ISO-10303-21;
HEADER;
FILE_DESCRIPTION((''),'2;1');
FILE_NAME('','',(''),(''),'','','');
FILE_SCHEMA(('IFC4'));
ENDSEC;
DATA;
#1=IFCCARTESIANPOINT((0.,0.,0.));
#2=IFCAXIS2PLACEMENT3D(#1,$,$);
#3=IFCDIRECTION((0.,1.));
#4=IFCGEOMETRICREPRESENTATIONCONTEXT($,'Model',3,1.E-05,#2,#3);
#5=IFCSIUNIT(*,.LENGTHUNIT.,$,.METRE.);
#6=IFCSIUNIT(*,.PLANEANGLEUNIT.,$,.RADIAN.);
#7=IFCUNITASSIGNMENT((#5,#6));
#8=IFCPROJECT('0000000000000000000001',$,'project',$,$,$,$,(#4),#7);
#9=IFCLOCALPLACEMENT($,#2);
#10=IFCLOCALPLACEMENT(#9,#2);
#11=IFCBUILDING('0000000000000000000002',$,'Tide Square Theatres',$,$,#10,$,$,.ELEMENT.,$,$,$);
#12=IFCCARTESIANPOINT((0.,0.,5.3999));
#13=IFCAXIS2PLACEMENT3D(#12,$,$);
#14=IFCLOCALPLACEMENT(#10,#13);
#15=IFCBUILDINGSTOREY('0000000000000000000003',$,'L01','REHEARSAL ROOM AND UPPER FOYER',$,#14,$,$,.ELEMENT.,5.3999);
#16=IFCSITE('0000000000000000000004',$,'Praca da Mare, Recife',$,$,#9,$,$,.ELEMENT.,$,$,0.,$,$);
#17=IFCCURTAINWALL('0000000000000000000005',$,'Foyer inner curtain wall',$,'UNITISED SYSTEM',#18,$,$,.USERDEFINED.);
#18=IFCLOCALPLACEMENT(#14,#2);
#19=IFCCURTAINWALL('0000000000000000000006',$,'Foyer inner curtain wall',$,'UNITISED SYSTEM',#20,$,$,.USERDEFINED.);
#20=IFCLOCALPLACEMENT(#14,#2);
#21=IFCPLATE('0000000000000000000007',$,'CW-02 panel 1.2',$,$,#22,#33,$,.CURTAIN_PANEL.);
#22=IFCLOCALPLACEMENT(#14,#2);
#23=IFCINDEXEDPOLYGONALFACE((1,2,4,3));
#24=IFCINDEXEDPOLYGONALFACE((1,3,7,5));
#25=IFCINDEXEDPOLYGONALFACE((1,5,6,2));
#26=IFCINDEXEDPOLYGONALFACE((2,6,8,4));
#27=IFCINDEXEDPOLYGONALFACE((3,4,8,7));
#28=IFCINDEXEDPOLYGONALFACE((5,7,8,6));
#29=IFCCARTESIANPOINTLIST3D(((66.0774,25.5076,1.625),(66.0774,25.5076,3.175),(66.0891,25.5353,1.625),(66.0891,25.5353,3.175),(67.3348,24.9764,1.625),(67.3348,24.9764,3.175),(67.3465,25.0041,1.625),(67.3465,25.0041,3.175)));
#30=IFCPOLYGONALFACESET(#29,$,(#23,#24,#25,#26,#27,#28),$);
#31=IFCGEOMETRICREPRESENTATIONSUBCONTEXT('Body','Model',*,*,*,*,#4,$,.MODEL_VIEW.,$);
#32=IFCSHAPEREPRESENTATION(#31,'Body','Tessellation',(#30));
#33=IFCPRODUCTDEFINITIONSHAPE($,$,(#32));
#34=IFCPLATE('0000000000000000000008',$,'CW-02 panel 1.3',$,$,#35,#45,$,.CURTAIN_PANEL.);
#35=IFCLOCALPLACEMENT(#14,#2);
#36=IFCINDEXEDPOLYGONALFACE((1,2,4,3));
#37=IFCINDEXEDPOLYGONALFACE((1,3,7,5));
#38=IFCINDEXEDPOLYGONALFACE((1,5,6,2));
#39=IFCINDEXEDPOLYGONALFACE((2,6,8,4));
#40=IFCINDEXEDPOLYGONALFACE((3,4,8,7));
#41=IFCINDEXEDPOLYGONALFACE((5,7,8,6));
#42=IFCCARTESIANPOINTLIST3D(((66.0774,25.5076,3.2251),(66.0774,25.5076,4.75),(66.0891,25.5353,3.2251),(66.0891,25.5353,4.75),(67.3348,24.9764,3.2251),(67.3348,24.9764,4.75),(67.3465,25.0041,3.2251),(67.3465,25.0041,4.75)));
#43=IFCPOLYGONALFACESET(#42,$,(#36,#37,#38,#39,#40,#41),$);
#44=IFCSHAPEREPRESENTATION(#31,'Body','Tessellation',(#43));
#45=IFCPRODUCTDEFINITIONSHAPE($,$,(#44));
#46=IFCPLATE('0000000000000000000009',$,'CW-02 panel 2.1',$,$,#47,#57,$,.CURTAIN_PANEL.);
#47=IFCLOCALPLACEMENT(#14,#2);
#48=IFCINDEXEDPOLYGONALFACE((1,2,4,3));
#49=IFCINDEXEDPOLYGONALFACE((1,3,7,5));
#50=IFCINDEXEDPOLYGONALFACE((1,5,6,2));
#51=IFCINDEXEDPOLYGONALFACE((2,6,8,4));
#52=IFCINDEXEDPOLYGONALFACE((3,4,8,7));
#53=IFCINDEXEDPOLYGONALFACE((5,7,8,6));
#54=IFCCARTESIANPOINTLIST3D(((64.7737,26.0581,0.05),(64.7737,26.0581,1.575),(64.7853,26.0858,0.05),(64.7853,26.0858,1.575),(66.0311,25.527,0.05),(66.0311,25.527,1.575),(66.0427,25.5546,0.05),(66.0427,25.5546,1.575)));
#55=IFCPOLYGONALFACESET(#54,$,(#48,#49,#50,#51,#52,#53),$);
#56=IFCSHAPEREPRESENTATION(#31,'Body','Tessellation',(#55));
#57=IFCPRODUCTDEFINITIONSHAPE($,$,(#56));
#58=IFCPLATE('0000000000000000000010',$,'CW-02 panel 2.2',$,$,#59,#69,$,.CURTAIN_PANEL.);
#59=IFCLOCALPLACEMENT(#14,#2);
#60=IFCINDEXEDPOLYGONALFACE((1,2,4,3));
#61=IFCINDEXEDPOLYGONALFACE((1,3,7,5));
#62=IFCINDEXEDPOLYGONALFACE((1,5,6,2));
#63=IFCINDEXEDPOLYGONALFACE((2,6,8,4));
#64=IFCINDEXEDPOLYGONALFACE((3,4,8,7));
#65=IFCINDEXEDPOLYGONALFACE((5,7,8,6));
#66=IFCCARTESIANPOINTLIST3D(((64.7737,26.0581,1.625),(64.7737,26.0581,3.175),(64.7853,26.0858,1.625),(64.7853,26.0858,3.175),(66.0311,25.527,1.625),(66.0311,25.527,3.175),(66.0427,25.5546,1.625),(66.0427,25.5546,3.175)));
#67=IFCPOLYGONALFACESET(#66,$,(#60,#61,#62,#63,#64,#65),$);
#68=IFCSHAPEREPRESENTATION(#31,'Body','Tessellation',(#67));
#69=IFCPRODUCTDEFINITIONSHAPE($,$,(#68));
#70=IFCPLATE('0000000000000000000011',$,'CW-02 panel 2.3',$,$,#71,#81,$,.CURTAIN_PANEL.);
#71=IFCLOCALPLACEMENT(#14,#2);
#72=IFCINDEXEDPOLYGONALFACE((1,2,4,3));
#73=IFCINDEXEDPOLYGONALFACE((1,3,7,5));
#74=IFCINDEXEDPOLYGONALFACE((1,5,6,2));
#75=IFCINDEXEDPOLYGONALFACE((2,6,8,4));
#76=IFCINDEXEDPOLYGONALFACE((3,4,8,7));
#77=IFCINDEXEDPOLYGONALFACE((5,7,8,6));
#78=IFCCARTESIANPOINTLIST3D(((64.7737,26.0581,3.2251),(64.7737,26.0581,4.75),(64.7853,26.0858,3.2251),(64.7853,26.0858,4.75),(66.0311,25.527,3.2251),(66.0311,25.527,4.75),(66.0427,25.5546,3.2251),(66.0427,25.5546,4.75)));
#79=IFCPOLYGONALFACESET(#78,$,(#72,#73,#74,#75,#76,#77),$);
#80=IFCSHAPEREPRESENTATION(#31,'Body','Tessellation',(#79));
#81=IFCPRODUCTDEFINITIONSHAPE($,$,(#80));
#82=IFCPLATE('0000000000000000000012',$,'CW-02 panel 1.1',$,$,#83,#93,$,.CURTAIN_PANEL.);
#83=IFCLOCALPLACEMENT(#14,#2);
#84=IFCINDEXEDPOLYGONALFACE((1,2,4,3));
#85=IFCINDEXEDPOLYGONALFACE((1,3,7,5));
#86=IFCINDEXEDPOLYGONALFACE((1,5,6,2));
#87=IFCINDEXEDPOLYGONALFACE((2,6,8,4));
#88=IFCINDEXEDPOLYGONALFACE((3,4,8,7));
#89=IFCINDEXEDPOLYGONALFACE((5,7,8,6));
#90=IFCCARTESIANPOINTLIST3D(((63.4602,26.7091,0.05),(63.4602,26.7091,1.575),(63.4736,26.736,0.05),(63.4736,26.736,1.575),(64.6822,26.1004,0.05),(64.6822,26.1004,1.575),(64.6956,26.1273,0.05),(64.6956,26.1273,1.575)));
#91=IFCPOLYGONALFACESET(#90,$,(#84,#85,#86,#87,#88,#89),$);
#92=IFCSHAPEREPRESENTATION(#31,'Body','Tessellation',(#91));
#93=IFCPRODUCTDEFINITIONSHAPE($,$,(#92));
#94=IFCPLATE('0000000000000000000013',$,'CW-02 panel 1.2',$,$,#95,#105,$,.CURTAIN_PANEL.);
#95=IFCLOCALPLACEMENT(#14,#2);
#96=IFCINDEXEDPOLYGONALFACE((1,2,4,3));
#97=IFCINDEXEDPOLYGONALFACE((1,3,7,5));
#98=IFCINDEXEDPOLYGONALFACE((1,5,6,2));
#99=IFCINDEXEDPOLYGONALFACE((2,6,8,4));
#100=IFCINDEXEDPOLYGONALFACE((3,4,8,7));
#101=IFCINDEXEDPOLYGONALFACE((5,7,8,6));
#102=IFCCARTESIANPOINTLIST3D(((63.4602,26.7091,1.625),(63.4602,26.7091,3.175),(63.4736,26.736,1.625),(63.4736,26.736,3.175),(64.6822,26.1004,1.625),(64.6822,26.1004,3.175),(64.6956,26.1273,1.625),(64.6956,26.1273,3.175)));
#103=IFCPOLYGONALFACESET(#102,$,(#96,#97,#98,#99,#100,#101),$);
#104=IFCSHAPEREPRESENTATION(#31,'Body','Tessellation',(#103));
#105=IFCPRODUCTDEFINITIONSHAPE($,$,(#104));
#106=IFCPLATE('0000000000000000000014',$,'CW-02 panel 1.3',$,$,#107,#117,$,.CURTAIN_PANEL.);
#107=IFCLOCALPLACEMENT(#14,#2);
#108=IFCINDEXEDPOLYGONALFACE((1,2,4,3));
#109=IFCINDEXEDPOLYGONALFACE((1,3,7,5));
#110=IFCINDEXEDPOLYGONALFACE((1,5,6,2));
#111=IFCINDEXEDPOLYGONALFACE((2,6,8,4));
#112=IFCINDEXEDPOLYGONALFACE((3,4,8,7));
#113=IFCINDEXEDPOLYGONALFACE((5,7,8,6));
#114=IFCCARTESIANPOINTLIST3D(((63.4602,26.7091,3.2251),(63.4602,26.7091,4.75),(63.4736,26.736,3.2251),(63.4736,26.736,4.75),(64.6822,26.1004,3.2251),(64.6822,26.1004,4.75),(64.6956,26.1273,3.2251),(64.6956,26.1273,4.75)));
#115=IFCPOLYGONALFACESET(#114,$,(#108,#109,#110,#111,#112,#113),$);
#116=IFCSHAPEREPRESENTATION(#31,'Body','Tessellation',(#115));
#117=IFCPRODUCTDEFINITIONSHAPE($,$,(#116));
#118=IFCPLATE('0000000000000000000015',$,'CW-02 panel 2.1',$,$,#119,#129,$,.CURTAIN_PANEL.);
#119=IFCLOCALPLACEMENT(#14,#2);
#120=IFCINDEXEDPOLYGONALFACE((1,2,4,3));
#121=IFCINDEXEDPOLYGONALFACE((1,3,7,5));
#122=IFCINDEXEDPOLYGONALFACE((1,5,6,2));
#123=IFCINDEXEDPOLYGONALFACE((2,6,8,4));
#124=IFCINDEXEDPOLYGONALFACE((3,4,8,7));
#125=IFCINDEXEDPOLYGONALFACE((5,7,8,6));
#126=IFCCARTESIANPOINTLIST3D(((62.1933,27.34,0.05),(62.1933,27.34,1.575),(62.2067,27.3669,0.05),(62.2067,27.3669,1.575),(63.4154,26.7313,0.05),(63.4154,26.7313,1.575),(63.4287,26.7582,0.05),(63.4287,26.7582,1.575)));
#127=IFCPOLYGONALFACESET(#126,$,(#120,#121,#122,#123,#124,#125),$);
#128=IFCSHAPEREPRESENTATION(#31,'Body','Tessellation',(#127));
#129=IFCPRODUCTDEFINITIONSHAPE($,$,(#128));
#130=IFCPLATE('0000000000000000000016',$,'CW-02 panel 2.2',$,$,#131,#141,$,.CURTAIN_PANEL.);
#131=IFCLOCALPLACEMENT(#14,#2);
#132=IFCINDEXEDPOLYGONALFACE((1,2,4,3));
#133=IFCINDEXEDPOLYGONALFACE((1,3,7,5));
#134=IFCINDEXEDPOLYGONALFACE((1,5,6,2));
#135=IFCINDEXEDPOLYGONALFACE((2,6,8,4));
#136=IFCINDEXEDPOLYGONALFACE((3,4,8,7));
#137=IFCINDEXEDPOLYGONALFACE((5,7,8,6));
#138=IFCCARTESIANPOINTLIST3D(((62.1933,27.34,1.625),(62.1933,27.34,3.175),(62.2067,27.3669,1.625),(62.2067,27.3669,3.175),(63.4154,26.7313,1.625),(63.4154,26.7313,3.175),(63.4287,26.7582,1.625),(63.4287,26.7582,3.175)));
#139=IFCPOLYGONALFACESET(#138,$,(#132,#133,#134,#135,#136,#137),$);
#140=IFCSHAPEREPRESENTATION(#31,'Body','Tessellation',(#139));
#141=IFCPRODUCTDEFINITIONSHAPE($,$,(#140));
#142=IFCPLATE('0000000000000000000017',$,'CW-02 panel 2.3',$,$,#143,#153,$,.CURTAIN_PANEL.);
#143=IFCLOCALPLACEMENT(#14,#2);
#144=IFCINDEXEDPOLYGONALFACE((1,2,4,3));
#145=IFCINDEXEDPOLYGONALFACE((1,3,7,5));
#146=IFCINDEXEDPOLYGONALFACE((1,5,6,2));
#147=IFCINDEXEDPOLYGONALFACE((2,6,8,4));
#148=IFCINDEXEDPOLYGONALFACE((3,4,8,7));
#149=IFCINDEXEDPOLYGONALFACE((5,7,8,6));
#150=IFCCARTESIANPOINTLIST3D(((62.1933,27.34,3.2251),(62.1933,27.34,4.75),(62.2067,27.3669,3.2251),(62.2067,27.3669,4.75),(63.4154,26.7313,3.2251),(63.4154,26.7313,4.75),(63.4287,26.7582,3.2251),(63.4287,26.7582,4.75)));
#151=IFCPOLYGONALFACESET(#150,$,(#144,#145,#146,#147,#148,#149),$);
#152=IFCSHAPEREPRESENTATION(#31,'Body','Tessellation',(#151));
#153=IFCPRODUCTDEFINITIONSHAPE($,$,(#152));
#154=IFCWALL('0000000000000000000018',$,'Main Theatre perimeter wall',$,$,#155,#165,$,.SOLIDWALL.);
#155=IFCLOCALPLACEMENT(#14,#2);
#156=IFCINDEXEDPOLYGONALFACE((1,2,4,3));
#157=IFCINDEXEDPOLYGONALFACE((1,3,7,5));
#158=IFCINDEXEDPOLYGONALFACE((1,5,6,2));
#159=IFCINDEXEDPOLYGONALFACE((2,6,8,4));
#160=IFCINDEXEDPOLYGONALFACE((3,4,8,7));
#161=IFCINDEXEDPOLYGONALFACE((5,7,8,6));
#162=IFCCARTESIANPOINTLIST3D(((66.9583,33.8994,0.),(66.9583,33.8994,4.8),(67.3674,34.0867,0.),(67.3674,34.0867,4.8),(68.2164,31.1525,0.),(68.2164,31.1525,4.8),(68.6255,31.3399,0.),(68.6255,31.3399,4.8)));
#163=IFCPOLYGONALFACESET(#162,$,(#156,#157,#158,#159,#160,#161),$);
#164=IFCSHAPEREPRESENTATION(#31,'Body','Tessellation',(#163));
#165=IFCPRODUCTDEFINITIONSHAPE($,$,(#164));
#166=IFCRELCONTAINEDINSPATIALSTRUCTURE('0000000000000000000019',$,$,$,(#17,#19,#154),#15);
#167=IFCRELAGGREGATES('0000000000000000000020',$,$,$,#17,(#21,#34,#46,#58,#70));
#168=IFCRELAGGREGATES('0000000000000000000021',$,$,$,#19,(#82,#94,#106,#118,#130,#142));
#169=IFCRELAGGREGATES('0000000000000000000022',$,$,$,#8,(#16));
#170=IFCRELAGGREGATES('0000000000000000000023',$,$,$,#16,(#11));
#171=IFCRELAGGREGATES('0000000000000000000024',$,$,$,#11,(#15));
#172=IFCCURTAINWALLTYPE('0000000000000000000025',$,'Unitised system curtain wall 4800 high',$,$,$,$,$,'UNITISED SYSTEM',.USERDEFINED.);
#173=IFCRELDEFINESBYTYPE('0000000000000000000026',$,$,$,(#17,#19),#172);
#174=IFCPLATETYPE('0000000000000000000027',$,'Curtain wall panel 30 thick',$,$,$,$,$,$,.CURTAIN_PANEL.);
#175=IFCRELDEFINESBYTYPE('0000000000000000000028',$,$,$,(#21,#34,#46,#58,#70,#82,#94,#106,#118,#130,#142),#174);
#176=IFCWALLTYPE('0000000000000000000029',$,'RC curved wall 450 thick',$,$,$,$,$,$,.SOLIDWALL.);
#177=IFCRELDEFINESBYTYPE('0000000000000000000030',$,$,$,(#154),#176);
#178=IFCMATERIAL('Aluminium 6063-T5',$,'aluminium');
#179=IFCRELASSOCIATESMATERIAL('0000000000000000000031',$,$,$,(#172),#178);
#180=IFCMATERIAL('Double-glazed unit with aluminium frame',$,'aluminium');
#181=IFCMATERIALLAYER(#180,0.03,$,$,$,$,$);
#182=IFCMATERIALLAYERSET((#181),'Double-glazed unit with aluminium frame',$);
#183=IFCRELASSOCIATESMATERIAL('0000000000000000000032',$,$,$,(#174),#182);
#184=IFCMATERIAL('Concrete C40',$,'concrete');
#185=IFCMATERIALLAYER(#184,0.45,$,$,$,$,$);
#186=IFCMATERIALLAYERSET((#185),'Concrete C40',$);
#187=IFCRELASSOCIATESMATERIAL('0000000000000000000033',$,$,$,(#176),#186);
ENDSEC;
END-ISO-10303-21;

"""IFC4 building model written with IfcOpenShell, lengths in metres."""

from ifc_helpers import new_model, si_unit, direction, frame, frame_2d, origin, origin_2d, place, context, subcontext, project, spatial, rectangle, extrude, material, layer, layer_set, type_object, element, aggregate, save


model = new_model("IFC4")

# Units and contexts
model_context = context("Model", 3, precision=1e-05, world=origin(), true_north=direction((0.0, 1.0)))
body_context = subcontext(model_context, "Body", "Model", "MODEL_VIEW")
ifc_project = project(units=[si_unit("LENGTHUNIT", "METRE"), si_unit("PLANEANGLEUNIT", "RADIAN")], contexts=[model_context])

# Site, building, storey
site_placement = place(None, origin())
site = spatial("IfcSite", under=ifc_project, at=site_placement, Name="Praca da Mare, Recife", CompositionType="ELEMENT", RefElevation=0.0)
building_placement = place(site_placement, origin())
building = spatial("IfcBuilding", under=site, at=building_placement, Name="Tide Square Theatres", CompositionType="ELEMENT")
storey_placement = place(building_placement, frame((0.0, 0.0, 5.3999)))
storey = spatial("IfcBuildingStorey", under=building, at=storey_placement, Name="L01", Description="REHEARSAL ROOM AND UPPER FOYER", CompositionType="ELEMENT", Elevation=5.3999)

# Shared definitions
ifc_material_1 = material(Name="Aluminium 6063-T5", Category="aluminium")
curtain_wall_type = type_object("IfcCurtainWallType", Name="Unitised system curtain wall 4800 high", ElementType="UNITISED SYSTEM", PredefinedType="USERDEFINED", material=ifc_material_1)

# Curtain walls
curtain_wall_1_placement = place(storey_placement, origin())
curtain_wall_1 = element("IfcCurtainWall", 1, at=curtain_wall_1_placement, inside=storey, type_object=curtain_wall_type, Name="Foyer inner curtain wall", ObjectType="UNITISED SYSTEM", PredefinedType="USERDEFINED")
curtain_wall_2_placement = place(storey_placement, origin())
curtain_wall_2 = element("IfcCurtainWall", 2, at=curtain_wall_2_placement, inside=storey, type_object=curtain_wall_type, Name="Foyer inner curtain wall", ObjectType="UNITISED SYSTEM", PredefinedType="USERDEFINED")

# Plates
ifc_material_2 = material(Name="Double-glazed unit with aluminium frame", Category="aluminium")
ifc_layer_1 = layer(ifc_material_2, 0.03)
ifc_layer_set_1 = layer_set([ifc_layer_1], Name="Double-glazed unit with aluminium frame")
plate_type = type_object("IfcPlateType", Name="Curtain wall panel 30 thick", PredefinedType="CURTAIN_PANEL", material=ifc_layer_set_1)
plate_1_placement = place(storey_placement, frame((66.7119, 25.2559, 1.625), z_axis=(0.0, 0.0, 1.0), x_axis=(-0.92118, 0.389137, 0.0)))
plate_1 = element("IfcPlate", 3, at=plate_1_placement, type_object=plate_type, Name="CW-02 panel 1.2", PredefinedType="CURTAIN_PANEL", context=body_context, shape_type="SweptSolid", body=[
    extrude(rectangle(XDim=1.365, YDim=0.03, at=origin_2d()), origin(), (0.0, 0.0, 1.0), 1.55),
])
plate_2_placement = place(storey_placement, frame((66.7119, 25.2559, 3.2251), z_axis=(0.0, 0.0, 1.0), x_axis=(-0.92118, 0.389137, 0.0)))
plate_2 = element("IfcPlate", 4, at=plate_2_placement, type_object=plate_type, Name="CW-02 panel 1.3", PredefinedType="CURTAIN_PANEL", context=body_context, shape_type="SweptSolid", body=[
    extrude(rectangle(XDim=1.365, YDim=0.03, at=origin_2d()), origin(), (0.0, 0.0, 1.0), 1.5249),
])
plate_3_placement = place(storey_placement, frame((65.4082, 25.8064, 0.05), z_axis=(0.0, 0.0, 1.0), x_axis=(-0.92118, 0.389137, 0.0)))
plate_3 = element("IfcPlate", 5, at=plate_3_placement, type_object=plate_type, Name="CW-02 panel 2.1", PredefinedType="CURTAIN_PANEL", context=body_context, shape_type="SweptSolid", body=[
    extrude(rectangle(XDim=1.365, YDim=0.03, at=origin_2d()), origin(), (0.0, 0.0, 1.0), 1.5249),
])
plate_4_placement = place(storey_placement, frame((65.4082, 25.8064, 1.625), z_axis=(0.0, 0.0, 1.0), x_axis=(-0.92118, 0.389137, 0.0)))
plate_4 = element("IfcPlate", 6, at=plate_4_placement, type_object=plate_type, Name="CW-02 panel 2.2", PredefinedType="CURTAIN_PANEL", context=body_context, shape_type="SweptSolid", body=[
    extrude(rectangle(XDim=1.365, YDim=0.03, at=origin_2d()), origin(), (0.0, 0.0, 1.0), 1.55),
])
plate_5_placement = place(storey_placement, frame((65.4082, 25.8064, 3.2251), z_axis=(0.0, 0.0, 1.0), x_axis=(-0.92118, 0.389137, 0.0)))
plate_5 = element("IfcPlate", 7, at=plate_5_placement, type_object=plate_type, Name="CW-02 panel 2.3", PredefinedType="CURTAIN_PANEL", context=body_context, shape_type="SweptSolid", body=[
    extrude(rectangle(XDim=1.365, YDim=0.03, at=origin_2d()), origin(), (0.0, 0.0, 1.0), 1.5249),
])
aggregate(curtain_wall_1, [plate_1, plate_2, plate_3, plate_4, plate_5])
plate_6_placement = place(storey_placement, frame((64.0779, 26.4182, 0.05), z_axis=(0.0, 0.0, 1.0), x_axis=(-0.8951, 0.445866, 0.0)))
plate_6 = element("IfcPlate", 8, at=plate_6_placement, type_object=plate_type, Name="CW-02 panel 1.1", PredefinedType="CURTAIN_PANEL", context=body_context, shape_type="SweptSolid", body=[
    extrude(rectangle(XDim=1.3652, YDim=0.03, at=origin_2d()), origin(), (0.0, 0.0, 1.0), 1.5249),
])
plate_7_placement = place(storey_placement, frame((64.0779, 26.4182, 1.625), z_axis=(0.0, 0.0, 1.0), x_axis=(-0.8951, 0.445866, 0.0)))
plate_7 = element("IfcPlate", 9, at=plate_7_placement, type_object=plate_type, Name="CW-02 panel 1.2", PredefinedType="CURTAIN_PANEL", context=body_context, shape_type="SweptSolid", body=[
    extrude(rectangle(XDim=1.3652, YDim=0.03, at=origin_2d()), origin(), (0.0, 0.0, 1.0), 1.55),
])
plate_8_placement = place(storey_placement, frame((64.0779, 26.4182, 3.2251), z_axis=(0.0, 0.0, 1.0), x_axis=(-0.8951, 0.445866, 0.0)))
plate_8 = element("IfcPlate", 10, at=plate_8_placement, type_object=plate_type, Name="CW-02 panel 1.3", PredefinedType="CURTAIN_PANEL", context=body_context, shape_type="SweptSolid", body=[
    extrude(rectangle(XDim=1.3652, YDim=0.03, at=origin_2d()), origin(), (0.0, 0.0, 1.0), 1.5249),
])
plate_9_placement = place(storey_placement, frame((62.811, 27.0491, 0.05), z_axis=(0.0, 0.0, 1.0), x_axis=(-0.8951, 0.445866, 0.0)))
plate_9 = element("IfcPlate", 11, at=plate_9_placement, type_object=plate_type, Name="CW-02 panel 2.1", PredefinedType="CURTAIN_PANEL", context=body_context, shape_type="SweptSolid", body=[
    extrude(rectangle(XDim=1.3652, YDim=0.03, at=origin_2d()), origin(), (0.0, 0.0, 1.0), 1.5249),
])
plate_10_placement = place(storey_placement, frame((62.811, 27.0491, 1.625), z_axis=(0.0, 0.0, 1.0), x_axis=(-0.8951, 0.445866, 0.0)))
plate_10 = element("IfcPlate", 12, at=plate_10_placement, type_object=plate_type, Name="CW-02 panel 2.2", PredefinedType="CURTAIN_PANEL", context=body_context, shape_type="SweptSolid", body=[
    extrude(rectangle(XDim=1.3652, YDim=0.03, at=origin_2d()), origin(), (0.0, 0.0, 1.0), 1.55),
])
plate_11_placement = place(storey_placement, frame((62.811, 27.0491, 3.2251), z_axis=(0.0, 0.0, 1.0), x_axis=(-0.8951, 0.445866, 0.0)))
plate_11 = element("IfcPlate", 13, at=plate_11_placement, type_object=plate_type, Name="CW-02 panel 2.3", PredefinedType="CURTAIN_PANEL", context=body_context, shape_type="SweptSolid", body=[
    extrude(rectangle(XDim=1.3652, YDim=0.03, at=origin_2d()), origin(), (0.0, 0.0, 1.0), 1.5249),
])
aggregate(curtain_wall_2, [plate_6, plate_7, plate_8, plate_9, plate_10, plate_11])

# Wall
ifc_material_3 = material(Name="Concrete C40", Category="concrete")
ifc_layer_2 = layer(ifc_material_3, 0.45)
ifc_layer_set_2 = layer_set([ifc_layer_2], Name="Concrete C40")
wall_type = type_object("IfcWallType", Name="RC curved wall 450 thick", PredefinedType="SOLIDWALL", material=ifc_layer_set_2)
wall_placement = place(storey_placement, frame((67.1628, 33.9932, 0.0), z_axis=(0.0, 0.0, 1.0), x_axis=(0.416407, -0.909178, 0.0)))
element("IfcWall", 14, at=wall_placement, inside=storey, type_object=wall_type, Name="Main Theatre perimeter wall", PredefinedType="SOLIDWALL", context=body_context, shape_type="SweptSolid", body=[
    extrude(rectangle(XDim=3.0212, YDim=0.45, at=frame_2d((1.5107, 0.0))), origin(), (0.0, 0.0, 1.0), 4.8),
])

save(model, "model.ifc")
